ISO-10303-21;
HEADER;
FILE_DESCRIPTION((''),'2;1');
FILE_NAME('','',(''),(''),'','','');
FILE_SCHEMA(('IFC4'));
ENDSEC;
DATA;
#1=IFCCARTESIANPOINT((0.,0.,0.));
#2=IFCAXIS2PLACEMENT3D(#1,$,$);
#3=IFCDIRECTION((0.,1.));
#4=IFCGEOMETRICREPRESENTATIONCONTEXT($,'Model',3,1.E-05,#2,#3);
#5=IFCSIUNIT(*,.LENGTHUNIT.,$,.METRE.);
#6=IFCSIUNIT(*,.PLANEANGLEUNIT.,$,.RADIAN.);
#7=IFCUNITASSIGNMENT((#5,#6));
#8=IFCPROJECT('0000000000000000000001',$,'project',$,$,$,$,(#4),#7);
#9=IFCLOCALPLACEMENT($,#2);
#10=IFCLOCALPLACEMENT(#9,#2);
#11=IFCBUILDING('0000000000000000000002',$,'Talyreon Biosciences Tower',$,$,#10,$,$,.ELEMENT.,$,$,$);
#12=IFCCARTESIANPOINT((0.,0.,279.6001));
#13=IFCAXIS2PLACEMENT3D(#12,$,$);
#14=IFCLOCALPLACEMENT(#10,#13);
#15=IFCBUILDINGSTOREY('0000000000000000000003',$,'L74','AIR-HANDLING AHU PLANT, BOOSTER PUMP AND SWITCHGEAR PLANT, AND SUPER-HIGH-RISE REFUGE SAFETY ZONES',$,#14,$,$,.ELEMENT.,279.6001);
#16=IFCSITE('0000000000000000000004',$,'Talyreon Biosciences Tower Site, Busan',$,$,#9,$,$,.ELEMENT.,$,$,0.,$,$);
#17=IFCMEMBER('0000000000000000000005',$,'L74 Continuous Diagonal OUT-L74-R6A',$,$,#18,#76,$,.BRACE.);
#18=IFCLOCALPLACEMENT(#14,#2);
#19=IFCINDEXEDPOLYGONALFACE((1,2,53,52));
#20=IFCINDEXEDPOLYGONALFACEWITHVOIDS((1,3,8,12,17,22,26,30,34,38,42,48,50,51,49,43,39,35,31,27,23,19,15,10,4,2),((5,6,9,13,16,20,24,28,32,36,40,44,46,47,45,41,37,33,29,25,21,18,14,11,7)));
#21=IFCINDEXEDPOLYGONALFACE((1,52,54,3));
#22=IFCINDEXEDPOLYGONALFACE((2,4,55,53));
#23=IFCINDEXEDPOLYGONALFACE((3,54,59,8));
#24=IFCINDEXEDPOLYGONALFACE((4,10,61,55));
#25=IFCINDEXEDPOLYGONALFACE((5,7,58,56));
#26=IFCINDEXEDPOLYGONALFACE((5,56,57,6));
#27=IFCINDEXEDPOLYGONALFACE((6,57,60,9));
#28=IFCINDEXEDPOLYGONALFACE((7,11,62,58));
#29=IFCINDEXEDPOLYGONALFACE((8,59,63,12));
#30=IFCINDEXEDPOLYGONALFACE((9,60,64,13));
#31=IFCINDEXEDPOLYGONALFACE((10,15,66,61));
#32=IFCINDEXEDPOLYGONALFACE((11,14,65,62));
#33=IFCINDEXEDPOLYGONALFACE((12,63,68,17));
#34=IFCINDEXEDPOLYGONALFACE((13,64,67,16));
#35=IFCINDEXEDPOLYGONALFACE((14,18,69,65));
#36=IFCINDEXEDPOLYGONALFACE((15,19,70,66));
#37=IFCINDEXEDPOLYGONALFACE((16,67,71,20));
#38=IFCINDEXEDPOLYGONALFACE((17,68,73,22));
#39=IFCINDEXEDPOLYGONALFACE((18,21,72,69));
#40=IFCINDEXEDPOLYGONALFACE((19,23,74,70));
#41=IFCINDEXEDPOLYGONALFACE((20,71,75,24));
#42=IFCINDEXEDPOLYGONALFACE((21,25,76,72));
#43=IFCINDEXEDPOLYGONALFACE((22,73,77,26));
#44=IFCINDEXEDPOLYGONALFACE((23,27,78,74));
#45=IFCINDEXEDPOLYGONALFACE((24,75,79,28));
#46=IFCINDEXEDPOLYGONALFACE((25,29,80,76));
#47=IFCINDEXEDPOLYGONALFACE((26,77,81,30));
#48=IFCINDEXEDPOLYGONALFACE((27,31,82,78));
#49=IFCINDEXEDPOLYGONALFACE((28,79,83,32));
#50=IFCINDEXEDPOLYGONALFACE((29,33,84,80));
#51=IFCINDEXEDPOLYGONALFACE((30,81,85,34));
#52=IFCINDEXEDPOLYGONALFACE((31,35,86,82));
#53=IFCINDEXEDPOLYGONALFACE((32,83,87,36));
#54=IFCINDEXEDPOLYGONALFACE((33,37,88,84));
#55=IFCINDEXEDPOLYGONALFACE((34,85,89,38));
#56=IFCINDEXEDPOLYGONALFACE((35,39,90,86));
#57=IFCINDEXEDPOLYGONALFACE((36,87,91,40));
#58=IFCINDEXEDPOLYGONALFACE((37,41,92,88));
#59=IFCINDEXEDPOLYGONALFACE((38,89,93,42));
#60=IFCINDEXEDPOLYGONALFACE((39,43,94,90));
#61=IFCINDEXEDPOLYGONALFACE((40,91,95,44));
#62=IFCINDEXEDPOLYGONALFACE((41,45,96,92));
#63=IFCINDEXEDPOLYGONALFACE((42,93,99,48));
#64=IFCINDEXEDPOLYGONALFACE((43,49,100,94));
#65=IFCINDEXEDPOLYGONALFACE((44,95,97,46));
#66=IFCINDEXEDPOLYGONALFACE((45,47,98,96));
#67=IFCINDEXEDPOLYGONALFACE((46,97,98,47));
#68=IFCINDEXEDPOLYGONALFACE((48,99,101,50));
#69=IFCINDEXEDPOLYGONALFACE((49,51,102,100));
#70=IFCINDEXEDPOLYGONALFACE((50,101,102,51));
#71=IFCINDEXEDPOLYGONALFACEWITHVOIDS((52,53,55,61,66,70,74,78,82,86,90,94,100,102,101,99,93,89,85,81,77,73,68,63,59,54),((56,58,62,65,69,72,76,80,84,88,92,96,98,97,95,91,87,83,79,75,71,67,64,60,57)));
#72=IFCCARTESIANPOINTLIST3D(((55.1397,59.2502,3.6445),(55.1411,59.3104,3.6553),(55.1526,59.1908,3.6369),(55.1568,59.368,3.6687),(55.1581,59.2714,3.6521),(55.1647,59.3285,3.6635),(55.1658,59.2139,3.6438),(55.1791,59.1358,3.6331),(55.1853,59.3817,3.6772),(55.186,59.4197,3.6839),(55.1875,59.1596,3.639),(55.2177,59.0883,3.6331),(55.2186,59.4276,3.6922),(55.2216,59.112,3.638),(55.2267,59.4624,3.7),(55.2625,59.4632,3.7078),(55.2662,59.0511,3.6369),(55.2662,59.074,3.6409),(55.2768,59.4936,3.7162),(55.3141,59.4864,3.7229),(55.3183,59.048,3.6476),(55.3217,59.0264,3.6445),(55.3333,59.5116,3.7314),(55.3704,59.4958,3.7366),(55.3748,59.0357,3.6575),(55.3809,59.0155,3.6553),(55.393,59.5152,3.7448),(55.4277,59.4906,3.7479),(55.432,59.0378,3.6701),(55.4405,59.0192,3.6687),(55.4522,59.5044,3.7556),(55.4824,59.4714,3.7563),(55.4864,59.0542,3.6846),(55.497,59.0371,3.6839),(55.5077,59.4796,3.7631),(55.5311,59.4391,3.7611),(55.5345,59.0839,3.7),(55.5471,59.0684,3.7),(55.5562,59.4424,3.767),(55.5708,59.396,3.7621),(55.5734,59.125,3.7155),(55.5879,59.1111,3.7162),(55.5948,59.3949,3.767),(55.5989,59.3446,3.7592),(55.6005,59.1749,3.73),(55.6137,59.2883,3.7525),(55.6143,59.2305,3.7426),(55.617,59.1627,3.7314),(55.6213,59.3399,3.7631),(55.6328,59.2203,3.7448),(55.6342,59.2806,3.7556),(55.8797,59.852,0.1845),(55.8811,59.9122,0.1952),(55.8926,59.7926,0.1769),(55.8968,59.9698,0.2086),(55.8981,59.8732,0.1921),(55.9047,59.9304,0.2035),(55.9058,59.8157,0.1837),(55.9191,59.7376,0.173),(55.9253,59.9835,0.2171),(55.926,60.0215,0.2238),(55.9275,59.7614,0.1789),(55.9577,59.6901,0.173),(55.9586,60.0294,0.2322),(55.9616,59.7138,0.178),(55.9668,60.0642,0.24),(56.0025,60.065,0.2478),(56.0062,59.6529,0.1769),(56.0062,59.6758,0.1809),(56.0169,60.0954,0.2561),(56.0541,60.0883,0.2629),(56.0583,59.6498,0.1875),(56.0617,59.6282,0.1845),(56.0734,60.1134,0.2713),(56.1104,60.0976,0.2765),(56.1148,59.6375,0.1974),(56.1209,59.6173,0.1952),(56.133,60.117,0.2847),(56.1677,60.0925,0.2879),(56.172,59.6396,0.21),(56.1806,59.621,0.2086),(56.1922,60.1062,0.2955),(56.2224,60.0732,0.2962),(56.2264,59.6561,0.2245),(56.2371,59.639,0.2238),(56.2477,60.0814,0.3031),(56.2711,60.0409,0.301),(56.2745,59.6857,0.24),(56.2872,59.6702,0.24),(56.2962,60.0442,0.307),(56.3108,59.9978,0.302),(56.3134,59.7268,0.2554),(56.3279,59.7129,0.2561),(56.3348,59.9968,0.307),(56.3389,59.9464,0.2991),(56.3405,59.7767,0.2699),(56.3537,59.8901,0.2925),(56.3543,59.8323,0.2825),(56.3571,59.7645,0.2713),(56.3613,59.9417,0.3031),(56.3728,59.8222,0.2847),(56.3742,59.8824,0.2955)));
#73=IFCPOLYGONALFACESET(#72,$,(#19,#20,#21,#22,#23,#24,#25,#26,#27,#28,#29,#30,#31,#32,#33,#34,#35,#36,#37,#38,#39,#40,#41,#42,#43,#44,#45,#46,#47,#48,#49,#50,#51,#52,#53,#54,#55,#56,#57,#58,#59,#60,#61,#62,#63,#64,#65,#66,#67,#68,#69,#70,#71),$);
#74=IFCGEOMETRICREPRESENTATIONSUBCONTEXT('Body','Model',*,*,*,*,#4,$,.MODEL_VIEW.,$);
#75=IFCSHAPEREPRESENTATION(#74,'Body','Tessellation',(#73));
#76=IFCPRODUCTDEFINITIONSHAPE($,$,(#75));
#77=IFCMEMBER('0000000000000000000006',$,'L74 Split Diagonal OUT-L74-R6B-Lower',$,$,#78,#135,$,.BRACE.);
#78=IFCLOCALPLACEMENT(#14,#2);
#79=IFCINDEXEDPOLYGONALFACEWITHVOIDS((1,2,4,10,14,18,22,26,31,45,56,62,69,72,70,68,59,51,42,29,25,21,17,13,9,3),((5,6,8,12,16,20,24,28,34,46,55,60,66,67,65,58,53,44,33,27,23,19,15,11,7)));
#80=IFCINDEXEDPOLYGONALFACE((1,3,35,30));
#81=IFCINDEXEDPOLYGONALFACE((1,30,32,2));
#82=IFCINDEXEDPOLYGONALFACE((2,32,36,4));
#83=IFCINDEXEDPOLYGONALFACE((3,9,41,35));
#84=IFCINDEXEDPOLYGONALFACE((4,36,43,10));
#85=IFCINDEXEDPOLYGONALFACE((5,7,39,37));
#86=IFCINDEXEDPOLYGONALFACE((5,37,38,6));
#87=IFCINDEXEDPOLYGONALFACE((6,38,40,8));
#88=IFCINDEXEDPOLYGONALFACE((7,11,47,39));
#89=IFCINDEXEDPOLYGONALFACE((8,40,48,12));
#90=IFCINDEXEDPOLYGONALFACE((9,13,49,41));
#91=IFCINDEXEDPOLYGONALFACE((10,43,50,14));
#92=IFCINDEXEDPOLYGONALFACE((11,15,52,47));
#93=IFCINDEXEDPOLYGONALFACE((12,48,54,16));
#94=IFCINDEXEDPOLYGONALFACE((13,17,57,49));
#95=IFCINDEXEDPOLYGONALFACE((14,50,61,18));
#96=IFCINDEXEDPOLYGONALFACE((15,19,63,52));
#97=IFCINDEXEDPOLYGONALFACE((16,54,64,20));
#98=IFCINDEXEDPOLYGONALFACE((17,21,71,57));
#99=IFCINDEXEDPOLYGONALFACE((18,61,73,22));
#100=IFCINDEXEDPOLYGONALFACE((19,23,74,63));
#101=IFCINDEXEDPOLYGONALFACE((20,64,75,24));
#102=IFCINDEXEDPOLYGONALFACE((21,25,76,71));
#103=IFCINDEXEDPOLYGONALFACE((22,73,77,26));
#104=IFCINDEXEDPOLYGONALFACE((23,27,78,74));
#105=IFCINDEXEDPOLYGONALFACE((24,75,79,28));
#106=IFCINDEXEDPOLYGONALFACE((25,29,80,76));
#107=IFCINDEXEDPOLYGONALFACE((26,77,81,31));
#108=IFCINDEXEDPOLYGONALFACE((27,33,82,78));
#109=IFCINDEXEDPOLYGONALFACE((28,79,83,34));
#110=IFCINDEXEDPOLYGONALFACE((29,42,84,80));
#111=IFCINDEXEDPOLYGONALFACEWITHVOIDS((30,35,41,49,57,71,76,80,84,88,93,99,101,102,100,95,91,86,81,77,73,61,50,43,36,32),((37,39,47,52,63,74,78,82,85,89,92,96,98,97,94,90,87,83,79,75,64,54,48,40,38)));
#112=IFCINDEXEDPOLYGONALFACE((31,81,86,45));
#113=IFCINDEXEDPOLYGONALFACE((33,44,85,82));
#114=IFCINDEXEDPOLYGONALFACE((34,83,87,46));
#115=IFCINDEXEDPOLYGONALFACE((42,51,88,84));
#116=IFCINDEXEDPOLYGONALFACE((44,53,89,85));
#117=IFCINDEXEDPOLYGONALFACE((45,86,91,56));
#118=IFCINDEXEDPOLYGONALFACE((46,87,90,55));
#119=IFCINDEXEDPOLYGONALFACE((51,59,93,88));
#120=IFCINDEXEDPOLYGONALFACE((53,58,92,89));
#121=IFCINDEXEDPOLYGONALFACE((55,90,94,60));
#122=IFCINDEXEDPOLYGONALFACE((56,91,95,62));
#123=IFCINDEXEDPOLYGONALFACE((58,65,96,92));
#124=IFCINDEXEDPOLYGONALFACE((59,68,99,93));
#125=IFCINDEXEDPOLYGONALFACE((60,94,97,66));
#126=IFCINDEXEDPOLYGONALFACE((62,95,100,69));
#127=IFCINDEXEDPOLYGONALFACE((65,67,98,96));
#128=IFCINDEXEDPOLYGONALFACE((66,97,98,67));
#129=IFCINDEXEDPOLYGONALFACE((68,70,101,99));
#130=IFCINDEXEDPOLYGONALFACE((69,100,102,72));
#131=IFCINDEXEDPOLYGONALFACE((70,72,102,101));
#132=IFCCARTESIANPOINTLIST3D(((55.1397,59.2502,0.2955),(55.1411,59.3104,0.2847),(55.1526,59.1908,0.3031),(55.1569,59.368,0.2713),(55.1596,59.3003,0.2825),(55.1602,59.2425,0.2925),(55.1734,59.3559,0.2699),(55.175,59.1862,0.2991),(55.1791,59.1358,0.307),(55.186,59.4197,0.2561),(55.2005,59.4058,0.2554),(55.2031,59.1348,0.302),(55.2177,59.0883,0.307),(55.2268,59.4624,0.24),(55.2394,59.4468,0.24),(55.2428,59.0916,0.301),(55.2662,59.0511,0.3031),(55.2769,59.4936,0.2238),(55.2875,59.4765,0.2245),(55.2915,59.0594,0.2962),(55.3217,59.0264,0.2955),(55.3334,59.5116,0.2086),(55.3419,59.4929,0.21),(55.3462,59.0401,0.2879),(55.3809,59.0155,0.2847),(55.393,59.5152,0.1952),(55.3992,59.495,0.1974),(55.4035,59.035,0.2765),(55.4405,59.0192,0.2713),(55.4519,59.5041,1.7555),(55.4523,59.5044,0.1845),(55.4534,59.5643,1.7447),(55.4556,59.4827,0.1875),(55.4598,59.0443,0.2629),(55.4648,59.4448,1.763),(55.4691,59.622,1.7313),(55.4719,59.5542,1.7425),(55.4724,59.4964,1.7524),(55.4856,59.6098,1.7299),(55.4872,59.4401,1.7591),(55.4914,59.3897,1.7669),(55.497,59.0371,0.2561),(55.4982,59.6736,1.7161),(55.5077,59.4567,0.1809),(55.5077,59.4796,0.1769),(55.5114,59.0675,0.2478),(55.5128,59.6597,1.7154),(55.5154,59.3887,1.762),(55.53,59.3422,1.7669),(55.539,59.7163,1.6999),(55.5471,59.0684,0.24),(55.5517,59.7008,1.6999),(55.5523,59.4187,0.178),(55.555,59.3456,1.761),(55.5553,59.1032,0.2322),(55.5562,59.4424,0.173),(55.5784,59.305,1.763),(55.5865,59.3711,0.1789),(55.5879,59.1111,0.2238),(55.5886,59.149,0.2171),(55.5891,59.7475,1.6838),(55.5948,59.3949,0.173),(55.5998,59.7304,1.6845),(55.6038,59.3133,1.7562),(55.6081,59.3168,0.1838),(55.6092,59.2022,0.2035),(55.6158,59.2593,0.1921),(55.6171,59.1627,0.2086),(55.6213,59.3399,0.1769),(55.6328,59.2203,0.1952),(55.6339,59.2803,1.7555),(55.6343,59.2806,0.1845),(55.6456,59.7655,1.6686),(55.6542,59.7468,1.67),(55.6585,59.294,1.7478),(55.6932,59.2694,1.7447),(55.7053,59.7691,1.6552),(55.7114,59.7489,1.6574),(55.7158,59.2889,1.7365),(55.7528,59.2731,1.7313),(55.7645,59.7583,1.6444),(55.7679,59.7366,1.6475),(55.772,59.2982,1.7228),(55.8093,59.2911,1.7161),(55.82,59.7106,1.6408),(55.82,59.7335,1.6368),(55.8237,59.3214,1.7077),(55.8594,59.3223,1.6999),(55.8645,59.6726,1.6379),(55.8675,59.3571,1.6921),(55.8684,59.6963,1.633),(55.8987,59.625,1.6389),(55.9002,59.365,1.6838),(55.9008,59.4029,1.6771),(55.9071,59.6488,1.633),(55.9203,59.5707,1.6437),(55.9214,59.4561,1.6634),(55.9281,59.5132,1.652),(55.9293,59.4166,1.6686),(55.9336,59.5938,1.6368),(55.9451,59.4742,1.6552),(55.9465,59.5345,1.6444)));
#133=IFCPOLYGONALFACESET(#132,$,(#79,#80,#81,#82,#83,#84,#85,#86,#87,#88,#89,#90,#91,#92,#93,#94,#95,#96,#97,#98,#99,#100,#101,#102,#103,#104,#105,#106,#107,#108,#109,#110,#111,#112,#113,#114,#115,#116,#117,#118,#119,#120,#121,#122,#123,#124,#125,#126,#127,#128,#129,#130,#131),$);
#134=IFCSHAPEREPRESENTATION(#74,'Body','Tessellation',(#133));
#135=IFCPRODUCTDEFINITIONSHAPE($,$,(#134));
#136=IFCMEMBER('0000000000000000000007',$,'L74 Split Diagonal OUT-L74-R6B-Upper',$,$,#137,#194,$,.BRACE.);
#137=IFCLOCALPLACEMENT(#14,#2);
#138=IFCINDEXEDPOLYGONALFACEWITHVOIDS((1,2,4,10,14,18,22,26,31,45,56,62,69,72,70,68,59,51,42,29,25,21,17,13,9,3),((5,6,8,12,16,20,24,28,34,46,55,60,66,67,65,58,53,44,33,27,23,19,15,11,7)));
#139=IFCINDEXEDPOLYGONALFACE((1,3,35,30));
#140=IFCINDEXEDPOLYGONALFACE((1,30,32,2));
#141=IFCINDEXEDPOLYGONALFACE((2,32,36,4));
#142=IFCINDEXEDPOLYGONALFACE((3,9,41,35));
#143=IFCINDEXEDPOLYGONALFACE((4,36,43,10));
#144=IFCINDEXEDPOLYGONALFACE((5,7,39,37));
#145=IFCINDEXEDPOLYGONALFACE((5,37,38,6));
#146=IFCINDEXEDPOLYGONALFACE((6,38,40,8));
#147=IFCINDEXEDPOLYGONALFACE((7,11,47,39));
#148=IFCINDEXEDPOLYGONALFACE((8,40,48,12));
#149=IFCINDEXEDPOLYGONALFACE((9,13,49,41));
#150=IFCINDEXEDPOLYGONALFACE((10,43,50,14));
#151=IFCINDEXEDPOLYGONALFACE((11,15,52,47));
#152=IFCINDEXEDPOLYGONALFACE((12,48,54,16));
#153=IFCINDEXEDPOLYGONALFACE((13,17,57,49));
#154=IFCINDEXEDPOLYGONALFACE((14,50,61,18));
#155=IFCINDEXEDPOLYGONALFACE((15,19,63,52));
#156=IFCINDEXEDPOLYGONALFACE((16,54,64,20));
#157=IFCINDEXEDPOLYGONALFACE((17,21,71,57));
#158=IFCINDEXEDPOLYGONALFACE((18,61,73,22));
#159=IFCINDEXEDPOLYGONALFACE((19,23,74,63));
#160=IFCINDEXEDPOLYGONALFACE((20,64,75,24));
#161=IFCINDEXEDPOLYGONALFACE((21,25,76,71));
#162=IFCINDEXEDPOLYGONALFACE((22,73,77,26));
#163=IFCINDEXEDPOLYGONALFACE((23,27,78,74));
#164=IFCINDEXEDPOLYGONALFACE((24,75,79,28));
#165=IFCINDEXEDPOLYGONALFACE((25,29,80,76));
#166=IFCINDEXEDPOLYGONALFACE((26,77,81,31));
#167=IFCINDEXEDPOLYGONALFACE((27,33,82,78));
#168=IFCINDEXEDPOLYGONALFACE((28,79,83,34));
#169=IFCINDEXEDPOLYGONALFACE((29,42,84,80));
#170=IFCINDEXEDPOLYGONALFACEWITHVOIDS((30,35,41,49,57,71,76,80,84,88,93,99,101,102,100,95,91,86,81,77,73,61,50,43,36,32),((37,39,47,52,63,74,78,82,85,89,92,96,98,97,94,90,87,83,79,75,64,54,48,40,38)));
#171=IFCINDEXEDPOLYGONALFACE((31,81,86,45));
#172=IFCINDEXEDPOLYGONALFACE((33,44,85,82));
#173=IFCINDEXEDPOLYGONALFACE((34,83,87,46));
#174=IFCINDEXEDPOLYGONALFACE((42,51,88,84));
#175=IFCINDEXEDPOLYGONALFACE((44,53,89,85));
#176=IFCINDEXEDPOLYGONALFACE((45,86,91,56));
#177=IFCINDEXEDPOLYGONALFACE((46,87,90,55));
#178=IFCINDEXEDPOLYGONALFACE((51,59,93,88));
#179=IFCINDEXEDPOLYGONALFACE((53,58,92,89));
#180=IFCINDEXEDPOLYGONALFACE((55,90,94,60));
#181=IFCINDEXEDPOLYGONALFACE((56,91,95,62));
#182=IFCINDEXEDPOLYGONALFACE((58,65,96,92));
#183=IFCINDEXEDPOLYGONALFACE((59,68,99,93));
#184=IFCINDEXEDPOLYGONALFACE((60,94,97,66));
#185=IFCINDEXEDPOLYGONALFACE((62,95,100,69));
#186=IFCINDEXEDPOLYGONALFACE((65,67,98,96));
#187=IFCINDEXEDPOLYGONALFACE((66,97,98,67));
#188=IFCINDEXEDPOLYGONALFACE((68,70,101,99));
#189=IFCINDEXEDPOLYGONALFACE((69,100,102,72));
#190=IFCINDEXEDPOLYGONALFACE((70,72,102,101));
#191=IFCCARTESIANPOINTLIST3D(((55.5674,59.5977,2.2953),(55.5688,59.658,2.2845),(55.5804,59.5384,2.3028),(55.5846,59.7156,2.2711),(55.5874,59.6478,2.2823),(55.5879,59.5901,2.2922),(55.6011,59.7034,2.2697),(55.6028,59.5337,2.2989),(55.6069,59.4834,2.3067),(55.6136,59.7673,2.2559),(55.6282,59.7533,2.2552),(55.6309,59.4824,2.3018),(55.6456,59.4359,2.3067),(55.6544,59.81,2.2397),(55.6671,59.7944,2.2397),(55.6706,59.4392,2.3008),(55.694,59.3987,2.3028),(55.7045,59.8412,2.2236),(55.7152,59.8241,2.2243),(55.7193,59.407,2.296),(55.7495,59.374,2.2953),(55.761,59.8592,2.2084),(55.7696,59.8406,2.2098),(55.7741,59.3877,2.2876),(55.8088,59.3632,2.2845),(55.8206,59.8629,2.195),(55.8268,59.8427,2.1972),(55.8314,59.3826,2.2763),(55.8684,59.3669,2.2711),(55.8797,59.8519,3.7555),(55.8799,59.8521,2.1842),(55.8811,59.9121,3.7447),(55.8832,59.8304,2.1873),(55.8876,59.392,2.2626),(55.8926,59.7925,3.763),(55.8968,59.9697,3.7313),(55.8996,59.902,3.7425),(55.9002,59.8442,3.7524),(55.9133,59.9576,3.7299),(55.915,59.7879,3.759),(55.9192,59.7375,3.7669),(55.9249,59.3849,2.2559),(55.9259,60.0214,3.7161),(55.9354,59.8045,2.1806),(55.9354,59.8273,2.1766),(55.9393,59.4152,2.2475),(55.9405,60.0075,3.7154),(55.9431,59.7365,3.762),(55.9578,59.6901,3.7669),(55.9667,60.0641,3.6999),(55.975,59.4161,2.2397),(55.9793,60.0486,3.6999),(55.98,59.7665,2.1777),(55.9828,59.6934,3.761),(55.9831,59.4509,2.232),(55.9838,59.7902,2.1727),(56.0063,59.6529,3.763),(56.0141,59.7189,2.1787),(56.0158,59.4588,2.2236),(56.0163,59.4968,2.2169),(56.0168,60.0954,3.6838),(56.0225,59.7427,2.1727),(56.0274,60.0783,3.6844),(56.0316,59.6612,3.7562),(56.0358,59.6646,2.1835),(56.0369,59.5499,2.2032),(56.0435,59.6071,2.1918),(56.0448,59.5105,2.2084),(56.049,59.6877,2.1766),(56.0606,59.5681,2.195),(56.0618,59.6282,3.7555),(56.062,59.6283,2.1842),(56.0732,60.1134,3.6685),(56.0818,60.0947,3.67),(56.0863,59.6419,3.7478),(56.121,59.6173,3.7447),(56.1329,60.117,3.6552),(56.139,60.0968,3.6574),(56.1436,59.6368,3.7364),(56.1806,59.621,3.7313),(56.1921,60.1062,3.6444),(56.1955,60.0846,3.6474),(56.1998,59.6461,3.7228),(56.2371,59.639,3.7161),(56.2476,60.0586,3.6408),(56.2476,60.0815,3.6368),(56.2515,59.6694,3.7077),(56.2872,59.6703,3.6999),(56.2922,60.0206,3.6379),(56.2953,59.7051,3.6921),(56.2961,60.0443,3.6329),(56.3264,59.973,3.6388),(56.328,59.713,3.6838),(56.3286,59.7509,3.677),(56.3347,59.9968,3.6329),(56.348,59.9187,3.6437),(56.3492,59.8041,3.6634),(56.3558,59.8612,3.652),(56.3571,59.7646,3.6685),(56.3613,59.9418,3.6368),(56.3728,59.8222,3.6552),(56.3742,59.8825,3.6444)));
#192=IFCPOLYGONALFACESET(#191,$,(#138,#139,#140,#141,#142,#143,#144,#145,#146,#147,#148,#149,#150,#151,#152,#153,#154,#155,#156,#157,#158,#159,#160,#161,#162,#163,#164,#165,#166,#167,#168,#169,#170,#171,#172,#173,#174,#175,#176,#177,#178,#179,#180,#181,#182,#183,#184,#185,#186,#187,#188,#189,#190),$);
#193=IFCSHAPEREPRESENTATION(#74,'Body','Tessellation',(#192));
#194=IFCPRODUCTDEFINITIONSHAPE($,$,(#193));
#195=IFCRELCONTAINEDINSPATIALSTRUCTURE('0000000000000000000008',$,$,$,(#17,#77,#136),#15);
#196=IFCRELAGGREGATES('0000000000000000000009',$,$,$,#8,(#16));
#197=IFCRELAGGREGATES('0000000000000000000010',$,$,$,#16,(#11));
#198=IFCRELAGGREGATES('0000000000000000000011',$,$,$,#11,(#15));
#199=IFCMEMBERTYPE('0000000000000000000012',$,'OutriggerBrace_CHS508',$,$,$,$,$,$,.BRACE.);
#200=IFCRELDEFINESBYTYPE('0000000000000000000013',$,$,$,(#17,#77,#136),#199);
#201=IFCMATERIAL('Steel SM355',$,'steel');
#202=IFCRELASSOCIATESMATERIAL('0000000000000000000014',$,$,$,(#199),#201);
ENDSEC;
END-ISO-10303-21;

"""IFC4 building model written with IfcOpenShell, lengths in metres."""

from ifc_helpers import new_model, si_unit, direction, frame, origin, origin_2d, place, context, subcontext, project, spatial, hollow_circle, extrude, material, material_profile, profile_set, type_object, element, save


model = new_model("IFC4")

# Units and contexts
model_context = context("Model", 3, precision=1e-05, world=origin(), true_north=direction((0.0, 1.0)))
body_context = subcontext(model_context, "Body", "Model", "MODEL_VIEW")
ifc_project = project(units=[si_unit("LENGTHUNIT", "METRE"), si_unit("PLANEANGLEUNIT", "RADIAN")], contexts=[model_context])

# Site, building, storey
site_placement = place(None, origin())
site = spatial("IfcSite", under=ifc_project, at=site_placement, Name="Talyreon Biosciences Tower Site, Busan", CompositionType="ELEMENT", RefElevation=0.0)
building_placement = place(site_placement, origin())
building = spatial("IfcBuilding", under=site, at=building_placement, Name="Talyreon Biosciences Tower", CompositionType="ELEMENT")
storey_placement = place(building_placement, frame((0.0, 0.0, 279.6001)))
storey = spatial("IfcBuildingStorey", under=building, at=storey_placement, Name="L74", Description="AIR-HANDLING AHU PLANT, BOOSTER PUMP AND SWITCHGEAR PLANT, AND SUPER-HIGH-RISE REFUGE SAFETY ZONES", CompositionType="ELEMENT", Elevation=279.6001)

# Shared definitions
ifc_material_1 = material(Name="Steel SM355", Category="steel")

# Members
ifc_material_profile_1 = material_profile(ifc_material_1, hollow_circle(Radius=0.2539, WallThickness=0.02, at=origin_2d()), Name="CHS 508x20")
ifc_profile_set_1 = profile_set([ifc_material_profile_1], Name="Steel SM355")
member_type_1 = type_object("IfcMemberType", Name="OutriggerBrace_CHS508", PredefinedType="BRACE", material=ifc_profile_set_1)
member_1_placement = place(storey_placement, frame((56.127, 59.8672, 0.24), z_axis=(-0.206182, -0.16768, 0.96404), x_axis=(0.630949, -0.775824, 0.0)))
element("IfcMember", 1, at=member_1_placement, inside=storey, type_object=member_type_1, Name="L74 Continuous Diagonal OUT-L74-R6A", PredefinedType="BRACE", context=body_context, shape_type="SweptSolid", body=[
    extrude(hollow_circle(Radius=0.2539, WallThickness=0.02, at=origin_2d()), origin(), (0.0, 0.0, 1.0), 3.5891),
])
member_2_placement = place(storey_placement, frame((55.387, 59.2654, 0.24), z_axis=(0.206189, 0.167659, 0.964042), x_axis=(-0.630889, 0.775873, 0.0)))
element("IfcMember", 2, at=member_2_placement, inside=storey, type_object=member_type_1, Name="L74 Split Diagonal OUT-L74-R6B-Lower", PredefinedType="BRACE", context=body_context, shape_type="SweptSolid", body=[
    extrude(hollow_circle(Radius=0.2539, WallThickness=0.02, at=origin_2d()), origin(), (0.0, 0.0, 1.0), 1.5144),
])
member_3_placement = place(storey_placement, frame((55.8147, 59.613, 2.2397), z_axis=(0.206151, 0.16779, 0.964027), x_axis=(-0.631254, 0.775576, 0.0)))
element("IfcMember", 3, at=member_3_placement, inside=storey, type_object=member_type_1, Name="L74 Split Diagonal OUT-L74-R6B-Upper", PredefinedType="BRACE", context=body_context, shape_type="SweptSolid", body=[
    extrude(hollow_circle(Radius=0.2539, WallThickness=0.02, at=origin_2d()), origin(), (0.0, 0.0, 1.0), 1.5146),
])

save(model, "model.ifc")
